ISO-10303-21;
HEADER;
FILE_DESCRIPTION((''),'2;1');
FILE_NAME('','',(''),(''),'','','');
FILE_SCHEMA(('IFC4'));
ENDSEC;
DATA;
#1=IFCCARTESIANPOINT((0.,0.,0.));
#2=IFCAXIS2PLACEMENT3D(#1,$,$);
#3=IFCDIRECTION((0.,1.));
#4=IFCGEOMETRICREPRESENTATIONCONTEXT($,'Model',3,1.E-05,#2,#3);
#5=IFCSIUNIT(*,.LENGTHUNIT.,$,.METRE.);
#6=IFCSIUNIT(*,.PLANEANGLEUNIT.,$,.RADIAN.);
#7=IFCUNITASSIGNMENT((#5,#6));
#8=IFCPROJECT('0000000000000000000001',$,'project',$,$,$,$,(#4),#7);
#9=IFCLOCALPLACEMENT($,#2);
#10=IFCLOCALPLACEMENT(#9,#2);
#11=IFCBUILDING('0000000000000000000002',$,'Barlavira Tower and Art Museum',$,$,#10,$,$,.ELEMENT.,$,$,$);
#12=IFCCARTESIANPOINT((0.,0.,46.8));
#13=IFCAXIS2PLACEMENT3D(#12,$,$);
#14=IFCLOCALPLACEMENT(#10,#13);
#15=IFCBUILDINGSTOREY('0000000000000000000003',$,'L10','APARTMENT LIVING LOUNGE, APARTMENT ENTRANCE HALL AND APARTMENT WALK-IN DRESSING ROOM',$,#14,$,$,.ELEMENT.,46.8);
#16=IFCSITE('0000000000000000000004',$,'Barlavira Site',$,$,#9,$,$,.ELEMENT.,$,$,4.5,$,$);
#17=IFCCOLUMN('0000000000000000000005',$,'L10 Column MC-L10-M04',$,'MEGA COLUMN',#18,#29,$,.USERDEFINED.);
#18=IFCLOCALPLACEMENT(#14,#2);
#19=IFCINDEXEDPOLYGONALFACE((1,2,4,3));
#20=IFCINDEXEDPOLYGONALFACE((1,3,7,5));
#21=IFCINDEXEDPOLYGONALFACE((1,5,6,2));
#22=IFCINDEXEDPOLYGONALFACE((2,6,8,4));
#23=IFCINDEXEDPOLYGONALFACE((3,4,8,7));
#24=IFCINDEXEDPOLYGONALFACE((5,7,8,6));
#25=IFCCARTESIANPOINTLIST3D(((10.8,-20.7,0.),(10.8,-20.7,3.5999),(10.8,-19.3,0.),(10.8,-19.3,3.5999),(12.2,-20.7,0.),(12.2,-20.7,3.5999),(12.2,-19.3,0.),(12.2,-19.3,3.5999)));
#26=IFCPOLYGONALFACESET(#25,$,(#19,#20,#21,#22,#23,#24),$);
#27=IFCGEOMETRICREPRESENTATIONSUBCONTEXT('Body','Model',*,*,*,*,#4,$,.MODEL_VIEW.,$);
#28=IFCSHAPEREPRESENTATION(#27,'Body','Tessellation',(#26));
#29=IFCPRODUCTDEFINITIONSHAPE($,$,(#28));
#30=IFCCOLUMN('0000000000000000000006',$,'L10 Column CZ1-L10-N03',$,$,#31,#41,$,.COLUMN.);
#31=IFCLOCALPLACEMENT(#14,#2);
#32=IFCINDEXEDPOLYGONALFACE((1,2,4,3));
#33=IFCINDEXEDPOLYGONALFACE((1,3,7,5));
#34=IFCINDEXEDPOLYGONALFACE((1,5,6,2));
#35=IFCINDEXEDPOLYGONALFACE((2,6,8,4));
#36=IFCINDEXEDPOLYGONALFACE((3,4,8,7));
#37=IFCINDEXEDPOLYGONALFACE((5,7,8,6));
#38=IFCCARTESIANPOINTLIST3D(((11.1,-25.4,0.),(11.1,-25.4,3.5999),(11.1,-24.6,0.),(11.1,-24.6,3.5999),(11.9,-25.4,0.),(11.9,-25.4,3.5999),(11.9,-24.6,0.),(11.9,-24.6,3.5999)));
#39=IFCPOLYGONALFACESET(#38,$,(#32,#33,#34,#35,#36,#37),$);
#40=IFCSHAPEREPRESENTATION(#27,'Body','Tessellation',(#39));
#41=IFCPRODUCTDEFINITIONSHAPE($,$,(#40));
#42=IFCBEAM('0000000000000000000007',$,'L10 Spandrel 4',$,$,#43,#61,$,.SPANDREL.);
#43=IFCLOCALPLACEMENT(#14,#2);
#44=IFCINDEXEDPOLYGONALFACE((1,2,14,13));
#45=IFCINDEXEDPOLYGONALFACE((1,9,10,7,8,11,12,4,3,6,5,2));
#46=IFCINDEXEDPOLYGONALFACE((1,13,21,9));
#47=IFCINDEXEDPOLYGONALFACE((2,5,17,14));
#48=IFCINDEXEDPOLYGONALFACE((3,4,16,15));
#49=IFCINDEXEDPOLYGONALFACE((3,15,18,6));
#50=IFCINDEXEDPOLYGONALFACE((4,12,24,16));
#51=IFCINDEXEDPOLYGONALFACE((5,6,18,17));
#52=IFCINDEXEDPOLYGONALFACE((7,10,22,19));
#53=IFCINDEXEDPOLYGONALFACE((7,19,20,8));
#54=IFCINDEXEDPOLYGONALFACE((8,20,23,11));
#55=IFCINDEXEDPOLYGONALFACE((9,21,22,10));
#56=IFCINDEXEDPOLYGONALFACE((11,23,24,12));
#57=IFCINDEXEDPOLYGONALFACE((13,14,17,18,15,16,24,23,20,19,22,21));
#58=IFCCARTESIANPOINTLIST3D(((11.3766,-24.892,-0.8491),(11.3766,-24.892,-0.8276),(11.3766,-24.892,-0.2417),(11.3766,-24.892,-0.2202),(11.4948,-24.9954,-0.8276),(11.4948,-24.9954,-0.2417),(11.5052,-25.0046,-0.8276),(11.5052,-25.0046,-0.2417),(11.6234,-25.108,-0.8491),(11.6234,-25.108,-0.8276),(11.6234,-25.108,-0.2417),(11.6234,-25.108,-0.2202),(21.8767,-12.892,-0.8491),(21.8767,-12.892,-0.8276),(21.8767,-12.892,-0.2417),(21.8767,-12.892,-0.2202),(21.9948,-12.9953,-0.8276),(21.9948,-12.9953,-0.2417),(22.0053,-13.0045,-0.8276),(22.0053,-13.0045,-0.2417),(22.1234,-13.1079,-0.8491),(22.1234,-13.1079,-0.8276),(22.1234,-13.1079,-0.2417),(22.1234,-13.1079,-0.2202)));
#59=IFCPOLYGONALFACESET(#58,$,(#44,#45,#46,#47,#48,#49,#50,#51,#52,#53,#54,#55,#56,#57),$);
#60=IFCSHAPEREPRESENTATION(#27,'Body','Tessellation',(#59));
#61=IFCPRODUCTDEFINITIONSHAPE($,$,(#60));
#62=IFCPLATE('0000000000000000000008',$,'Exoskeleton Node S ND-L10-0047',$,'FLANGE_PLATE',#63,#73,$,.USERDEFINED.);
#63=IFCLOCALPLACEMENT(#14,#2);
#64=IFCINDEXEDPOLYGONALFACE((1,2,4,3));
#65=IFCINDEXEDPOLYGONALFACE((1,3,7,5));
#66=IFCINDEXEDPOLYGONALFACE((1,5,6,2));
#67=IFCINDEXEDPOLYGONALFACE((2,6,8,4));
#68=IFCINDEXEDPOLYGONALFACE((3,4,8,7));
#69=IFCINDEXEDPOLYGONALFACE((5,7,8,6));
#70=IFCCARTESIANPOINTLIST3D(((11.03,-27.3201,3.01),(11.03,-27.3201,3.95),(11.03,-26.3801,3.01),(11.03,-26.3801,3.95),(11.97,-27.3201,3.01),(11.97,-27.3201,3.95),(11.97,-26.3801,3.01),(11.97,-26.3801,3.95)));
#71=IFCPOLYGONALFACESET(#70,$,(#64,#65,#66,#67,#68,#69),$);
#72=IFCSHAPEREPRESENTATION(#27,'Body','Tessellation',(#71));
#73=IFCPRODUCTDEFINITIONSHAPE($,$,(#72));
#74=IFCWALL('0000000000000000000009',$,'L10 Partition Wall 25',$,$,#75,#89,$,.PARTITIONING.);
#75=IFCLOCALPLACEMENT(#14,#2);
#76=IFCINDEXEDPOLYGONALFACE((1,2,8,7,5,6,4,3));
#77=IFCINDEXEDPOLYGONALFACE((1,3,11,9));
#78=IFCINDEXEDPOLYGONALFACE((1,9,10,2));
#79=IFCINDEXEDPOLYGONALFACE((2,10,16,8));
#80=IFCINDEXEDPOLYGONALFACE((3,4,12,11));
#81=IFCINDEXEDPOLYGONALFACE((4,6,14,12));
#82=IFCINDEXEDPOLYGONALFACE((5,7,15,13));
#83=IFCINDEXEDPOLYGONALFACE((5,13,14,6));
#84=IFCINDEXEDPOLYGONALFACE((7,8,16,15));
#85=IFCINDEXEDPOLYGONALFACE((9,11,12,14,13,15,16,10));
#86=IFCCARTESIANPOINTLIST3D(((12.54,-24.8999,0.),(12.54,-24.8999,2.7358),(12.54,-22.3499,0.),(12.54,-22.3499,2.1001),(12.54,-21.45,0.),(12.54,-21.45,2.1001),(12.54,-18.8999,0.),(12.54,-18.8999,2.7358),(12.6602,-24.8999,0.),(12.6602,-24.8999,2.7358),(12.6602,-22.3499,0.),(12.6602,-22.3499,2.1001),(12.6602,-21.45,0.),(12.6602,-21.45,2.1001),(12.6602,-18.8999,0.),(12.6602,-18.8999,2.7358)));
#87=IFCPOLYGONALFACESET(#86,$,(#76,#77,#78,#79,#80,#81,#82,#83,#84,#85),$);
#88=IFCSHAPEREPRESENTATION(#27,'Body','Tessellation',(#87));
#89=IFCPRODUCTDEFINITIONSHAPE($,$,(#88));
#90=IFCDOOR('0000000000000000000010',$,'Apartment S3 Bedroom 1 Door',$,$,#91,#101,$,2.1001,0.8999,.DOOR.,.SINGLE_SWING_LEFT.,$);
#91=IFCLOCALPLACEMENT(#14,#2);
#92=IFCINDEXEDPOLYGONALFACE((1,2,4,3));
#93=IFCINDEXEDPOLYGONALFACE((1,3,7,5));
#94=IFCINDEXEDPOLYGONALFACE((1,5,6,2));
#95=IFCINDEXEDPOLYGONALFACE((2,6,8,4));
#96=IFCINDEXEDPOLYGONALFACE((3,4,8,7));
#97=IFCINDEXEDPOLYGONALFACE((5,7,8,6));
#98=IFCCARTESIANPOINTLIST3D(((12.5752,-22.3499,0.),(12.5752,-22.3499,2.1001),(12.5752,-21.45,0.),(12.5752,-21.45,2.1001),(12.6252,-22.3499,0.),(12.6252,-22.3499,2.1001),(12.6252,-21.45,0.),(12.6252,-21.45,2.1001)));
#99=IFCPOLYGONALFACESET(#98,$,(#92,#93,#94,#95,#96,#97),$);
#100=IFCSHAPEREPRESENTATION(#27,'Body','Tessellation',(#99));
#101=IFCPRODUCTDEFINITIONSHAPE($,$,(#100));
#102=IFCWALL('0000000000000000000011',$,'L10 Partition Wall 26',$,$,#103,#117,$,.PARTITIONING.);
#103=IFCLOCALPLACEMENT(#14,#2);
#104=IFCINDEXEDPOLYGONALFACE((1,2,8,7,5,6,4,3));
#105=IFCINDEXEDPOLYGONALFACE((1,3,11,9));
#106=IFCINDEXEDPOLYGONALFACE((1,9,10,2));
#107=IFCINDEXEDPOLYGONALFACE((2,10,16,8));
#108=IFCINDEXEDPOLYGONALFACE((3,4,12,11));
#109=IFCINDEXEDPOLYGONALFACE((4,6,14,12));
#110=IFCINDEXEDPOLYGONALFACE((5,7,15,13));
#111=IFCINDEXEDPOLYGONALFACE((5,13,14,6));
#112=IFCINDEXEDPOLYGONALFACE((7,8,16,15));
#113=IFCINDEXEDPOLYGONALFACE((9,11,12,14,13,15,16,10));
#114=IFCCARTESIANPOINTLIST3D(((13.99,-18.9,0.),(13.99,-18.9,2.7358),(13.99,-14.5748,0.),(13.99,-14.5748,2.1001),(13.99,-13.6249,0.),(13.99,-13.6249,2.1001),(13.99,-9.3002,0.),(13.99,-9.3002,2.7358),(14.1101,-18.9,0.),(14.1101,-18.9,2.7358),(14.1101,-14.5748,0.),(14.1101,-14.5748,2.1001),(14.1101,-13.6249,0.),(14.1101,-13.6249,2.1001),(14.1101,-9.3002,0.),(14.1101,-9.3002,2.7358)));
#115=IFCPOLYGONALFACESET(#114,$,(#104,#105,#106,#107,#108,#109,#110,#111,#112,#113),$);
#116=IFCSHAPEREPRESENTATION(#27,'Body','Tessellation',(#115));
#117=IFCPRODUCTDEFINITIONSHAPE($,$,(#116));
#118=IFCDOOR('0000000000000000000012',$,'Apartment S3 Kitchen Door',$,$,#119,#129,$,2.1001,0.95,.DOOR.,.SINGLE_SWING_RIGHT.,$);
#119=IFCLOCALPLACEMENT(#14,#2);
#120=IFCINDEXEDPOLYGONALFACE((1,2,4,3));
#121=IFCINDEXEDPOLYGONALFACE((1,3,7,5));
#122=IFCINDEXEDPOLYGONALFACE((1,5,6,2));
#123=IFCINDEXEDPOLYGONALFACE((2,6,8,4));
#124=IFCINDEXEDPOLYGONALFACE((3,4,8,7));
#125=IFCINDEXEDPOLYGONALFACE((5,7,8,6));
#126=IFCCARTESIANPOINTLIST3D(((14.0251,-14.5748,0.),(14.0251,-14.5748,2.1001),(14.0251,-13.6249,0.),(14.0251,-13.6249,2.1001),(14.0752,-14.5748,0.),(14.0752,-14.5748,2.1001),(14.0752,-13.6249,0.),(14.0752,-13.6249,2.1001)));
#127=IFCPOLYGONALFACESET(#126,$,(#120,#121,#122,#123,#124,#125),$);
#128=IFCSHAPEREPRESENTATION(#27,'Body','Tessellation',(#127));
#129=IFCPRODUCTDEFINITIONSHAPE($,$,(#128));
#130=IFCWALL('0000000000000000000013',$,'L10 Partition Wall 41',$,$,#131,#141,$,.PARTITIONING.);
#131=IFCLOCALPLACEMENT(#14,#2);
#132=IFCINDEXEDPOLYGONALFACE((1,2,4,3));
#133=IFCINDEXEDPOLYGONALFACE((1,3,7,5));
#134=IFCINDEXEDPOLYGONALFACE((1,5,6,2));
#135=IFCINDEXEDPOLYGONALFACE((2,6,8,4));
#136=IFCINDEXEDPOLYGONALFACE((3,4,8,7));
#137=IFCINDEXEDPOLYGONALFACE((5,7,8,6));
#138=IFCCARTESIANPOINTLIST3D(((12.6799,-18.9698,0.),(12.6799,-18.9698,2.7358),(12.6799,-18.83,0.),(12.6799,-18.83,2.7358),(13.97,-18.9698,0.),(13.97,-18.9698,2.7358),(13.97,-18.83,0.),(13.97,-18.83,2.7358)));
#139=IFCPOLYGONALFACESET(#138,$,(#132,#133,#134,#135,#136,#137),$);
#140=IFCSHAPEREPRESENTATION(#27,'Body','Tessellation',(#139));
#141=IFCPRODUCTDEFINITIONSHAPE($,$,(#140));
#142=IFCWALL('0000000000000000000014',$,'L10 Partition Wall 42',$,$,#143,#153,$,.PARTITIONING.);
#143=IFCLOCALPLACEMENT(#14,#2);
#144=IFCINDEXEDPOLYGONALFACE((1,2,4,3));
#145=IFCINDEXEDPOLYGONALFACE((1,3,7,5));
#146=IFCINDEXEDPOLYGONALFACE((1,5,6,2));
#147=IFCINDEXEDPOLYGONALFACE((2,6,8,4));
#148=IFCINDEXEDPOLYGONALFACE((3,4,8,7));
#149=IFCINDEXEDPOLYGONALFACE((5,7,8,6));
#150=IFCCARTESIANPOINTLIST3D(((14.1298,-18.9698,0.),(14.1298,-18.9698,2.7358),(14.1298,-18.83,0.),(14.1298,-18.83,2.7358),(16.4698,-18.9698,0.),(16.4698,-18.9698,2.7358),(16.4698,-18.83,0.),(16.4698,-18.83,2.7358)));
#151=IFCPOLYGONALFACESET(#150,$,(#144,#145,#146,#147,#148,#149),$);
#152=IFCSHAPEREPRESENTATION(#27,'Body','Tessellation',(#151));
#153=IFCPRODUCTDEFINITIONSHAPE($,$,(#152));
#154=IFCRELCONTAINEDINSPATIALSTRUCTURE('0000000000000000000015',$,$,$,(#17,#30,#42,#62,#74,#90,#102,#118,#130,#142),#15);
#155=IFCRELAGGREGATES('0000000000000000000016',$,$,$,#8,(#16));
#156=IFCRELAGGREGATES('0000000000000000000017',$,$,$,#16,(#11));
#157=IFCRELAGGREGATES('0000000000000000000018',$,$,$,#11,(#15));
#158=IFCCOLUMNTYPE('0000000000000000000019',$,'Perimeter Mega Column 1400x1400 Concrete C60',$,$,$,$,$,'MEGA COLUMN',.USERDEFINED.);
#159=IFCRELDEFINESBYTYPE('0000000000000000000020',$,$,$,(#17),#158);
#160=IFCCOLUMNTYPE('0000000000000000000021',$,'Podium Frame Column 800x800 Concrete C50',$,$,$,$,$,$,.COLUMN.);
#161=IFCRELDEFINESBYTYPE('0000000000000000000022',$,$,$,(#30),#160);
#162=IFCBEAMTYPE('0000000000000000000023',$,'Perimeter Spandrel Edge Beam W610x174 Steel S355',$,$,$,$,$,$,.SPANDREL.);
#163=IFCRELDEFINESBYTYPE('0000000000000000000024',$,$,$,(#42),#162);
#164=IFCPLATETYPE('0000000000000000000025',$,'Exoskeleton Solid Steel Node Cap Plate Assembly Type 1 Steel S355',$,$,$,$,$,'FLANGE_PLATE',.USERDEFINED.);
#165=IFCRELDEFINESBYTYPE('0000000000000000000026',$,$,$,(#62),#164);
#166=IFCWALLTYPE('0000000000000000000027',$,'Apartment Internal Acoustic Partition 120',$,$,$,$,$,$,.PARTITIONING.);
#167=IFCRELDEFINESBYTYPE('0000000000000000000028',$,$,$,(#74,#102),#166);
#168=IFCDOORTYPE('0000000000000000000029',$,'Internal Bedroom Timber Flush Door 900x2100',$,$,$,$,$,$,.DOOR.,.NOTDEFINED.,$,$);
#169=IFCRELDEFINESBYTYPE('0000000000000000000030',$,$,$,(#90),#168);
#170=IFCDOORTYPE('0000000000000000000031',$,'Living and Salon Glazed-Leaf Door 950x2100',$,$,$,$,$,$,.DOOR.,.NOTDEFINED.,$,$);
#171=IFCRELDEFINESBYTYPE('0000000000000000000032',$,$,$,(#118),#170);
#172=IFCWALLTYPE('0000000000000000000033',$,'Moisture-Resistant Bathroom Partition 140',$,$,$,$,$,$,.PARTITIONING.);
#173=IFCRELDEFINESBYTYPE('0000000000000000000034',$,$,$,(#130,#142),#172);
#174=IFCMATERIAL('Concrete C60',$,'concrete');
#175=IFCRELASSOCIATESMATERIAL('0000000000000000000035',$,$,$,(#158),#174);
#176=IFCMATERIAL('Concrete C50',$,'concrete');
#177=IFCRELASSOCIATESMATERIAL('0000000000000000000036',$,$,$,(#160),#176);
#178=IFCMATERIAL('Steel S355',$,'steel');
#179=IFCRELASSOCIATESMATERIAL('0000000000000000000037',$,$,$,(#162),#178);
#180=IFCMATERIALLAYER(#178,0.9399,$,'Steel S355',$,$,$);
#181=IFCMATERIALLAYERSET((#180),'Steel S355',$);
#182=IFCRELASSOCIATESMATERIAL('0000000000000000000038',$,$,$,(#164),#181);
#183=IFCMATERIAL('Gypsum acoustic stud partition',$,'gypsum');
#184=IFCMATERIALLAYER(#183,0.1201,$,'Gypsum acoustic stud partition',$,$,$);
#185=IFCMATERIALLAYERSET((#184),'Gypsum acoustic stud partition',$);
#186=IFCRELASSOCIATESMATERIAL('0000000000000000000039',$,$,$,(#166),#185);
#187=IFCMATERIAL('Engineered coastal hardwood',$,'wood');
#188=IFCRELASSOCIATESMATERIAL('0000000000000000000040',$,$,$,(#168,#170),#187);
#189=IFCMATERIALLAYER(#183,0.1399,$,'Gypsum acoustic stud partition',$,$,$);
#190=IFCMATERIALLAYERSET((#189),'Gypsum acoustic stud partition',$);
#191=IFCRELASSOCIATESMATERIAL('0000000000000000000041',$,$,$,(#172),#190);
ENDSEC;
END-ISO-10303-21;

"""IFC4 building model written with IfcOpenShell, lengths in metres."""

from ifc_helpers import new_model, si_unit, direction, frame, frame_2d, origin, origin_2d, place, context, subcontext, project, spatial, rectangle, i_section, extrude, material, layer, layer_set, material_profile, profile_set, type_object, element, fill, save


model = new_model("IFC4")

# Units and contexts
model_context = context("Model", 3, precision=1e-05, world=origin(), true_north=direction((0.0, 1.0)))
body_context = subcontext(model_context, "Body", "Model", "MODEL_VIEW")
ifc_project = project(units=[si_unit("LENGTHUNIT", "METRE"), si_unit("PLANEANGLEUNIT", "RADIAN")], contexts=[model_context])

# Site, building, storey
site_placement = place(None, origin())
site = spatial("IfcSite", under=ifc_project, at=site_placement, Name="Barlavira Site", CompositionType="ELEMENT", RefElevation=4.5)
building_placement = place(site_placement, origin())
building = spatial("IfcBuilding", under=site, at=building_placement, Name="Barlavira Tower and Art Museum", CompositionType="ELEMENT")
storey_placement = place(building_placement, frame((0.0, 0.0, 46.8)))
storey = spatial("IfcBuildingStorey", under=building, at=storey_placement, Name="L10", Description="APARTMENT LIVING LOUNGE, APARTMENT ENTRANCE HALL AND APARTMENT WALK-IN DRESSING ROOM", CompositionType="ELEMENT", Elevation=46.8)

# Columns
ifc_material_1 = material(Name="Concrete C60", Category="concrete")
ifc_material_profile_1 = material_profile(ifc_material_1, rectangle(XDim=1.3999, YDim=1.3999, at=origin_2d()), Name="RC-MCOL 1400x1400")
ifc_profile_set_1 = profile_set([ifc_material_profile_1], Name="Concrete C60")
column_type_1 = type_object("IfcColumnType", Name="Perimeter Mega Column 1400x1400 Concrete C60", ElementType="MEGA COLUMN", PredefinedType="USERDEFINED", material=ifc_profile_set_1)
column_1_placement = place(storey_placement, frame((11.5, -20.0, 0.0), z_axis=(0.0, 0.0, 1.0), x_axis=(1.0, 0.0, 0.0)))
element("IfcColumn", 1, at=column_1_placement, inside=storey, type_object=column_type_1, Name="L10 Column MC-L10-M04", ObjectType="MEGA COLUMN", PredefinedType="USERDEFINED", context=body_context, shape_type="SweptSolid", body=[
    extrude(rectangle(XDim=1.3999, YDim=1.3999, at=origin_2d()), origin(), (0.0, 0.0, 1.0), 3.5999),
])
ifc_material_2 = material(Name="Concrete C50", Category="concrete")
ifc_material_profile_2 = material_profile(ifc_material_2, rectangle(XDim=0.8, YDim=0.8, at=origin_2d()), Name="RC-COL 800x800")
ifc_profile_set_2 = profile_set([ifc_material_profile_2], Name="Concrete C50")
column_type_2 = type_object("IfcColumnType", Name="Podium Frame Column 800x800 Concrete C50", PredefinedType="COLUMN", material=ifc_profile_set_2)
column_2_placement = place(storey_placement, frame((11.5, -25.0, 0.0), z_axis=(0.0, 0.0, 1.0), x_axis=(1.0, 0.0, 0.0)))
element("IfcColumn", 2, at=column_2_placement, inside=storey, type_object=column_type_2, Name="L10 Column CZ1-L10-N03", PredefinedType="COLUMN", context=body_context, shape_type="SweptSolid", body=[
    extrude(rectangle(XDim=0.8, YDim=0.8, at=origin_2d()), origin(), (0.0, 0.0, 1.0), 3.5999),
])

# Beam
ifc_material_3 = material(Name="Steel S355", Category="steel")
ifc_material_profile_3 = material_profile(ifc_material_3, i_section(OverallWidth=0.3279, OverallDepth=0.6289, WebThickness=0.0139, FlangeThickness=0.0215, at=origin_2d()), Name="W610x174.0")
ifc_profile_set_3 = profile_set([ifc_material_profile_3], Name="Steel S355")
beam_type = type_object("IfcBeamType", Name="Perimeter Spandrel Edge Beam W610x174 Steel S355", PredefinedType="SPANDREL", material=ifc_profile_set_3)
beam_placement = place(storey_placement, frame((11.5, -25.0, -0.5347), z_axis=(0.658505, 0.752577, 0.0), x_axis=(-0.752577, 0.658505, 0.0)))
element("IfcBeam", 3, at=beam_placement, inside=storey, type_object=beam_type, Name="L10 Spandrel 4", PredefinedType="SPANDREL", context=body_context, shape_type="SweptSolid", body=[
    extrude(i_section(OverallWidth=0.3279, OverallDepth=0.6289, WebThickness=0.0139, FlangeThickness=0.0215, at=origin_2d()), origin(), (0.0, 0.0, 1.0), 15.9453),
])

# Plate
ifc_layer_1 = layer(ifc_material_3, 0.9399, Name="Steel S355")
ifc_layer_set_1 = layer_set([ifc_layer_1], Name="Steel S355")
plate_type = type_object("IfcPlateType", Name="Exoskeleton Solid Steel Node Cap Plate Assembly Type 1 Steel S355", ElementType="FLANGE_PLATE", PredefinedType="USERDEFINED", material=ifc_layer_set_1)
plate_placement = place(storey_placement, frame((11.5, -26.8501, 3.01), z_axis=(0.0, 0.0, 1.0), x_axis=(1.0, 0.0, 0.0)))
element("IfcPlate", 4, at=plate_placement, inside=storey, type_object=plate_type, Name="Exoskeleton Node S ND-L10-0047", ObjectType="FLANGE_PLATE", PredefinedType="USERDEFINED", context=body_context, shape_type="SweptSolid", body=[
    extrude(rectangle(XDim=0.9399, YDim=0.9399, at=origin_2d()), origin(), (0.0, 0.0, 1.0), 0.9399),
])

# Walls, openings, doors
ifc_material_4 = material(Name="Gypsum acoustic stud partition", Category="gypsum")
ifc_layer_2 = layer(ifc_material_4, 0.1201, Name="Gypsum acoustic stud partition")
ifc_layer_set_2 = layer_set([ifc_layer_2], Name="Gypsum acoustic stud partition")
wall_type_1 = type_object("IfcWallType", Name="Apartment Internal Acoustic Partition 120", PredefinedType="PARTITIONING", material=ifc_layer_set_2)
wall_1_placement = place(storey_placement, frame((12.6001, -24.8999, 0.0), z_axis=(0.0, 0.0, 1.0), x_axis=(0.0, 1.0, 0.0)))
wall_1 = element("IfcWall", 5, at=wall_1_placement, inside=storey, type_object=wall_type_1, Name="L10 Partition Wall 25", PredefinedType="PARTITIONING", context=body_context, shape_type="SweptSolid", body=[
    extrude(rectangle(XDim=6.0, YDim=0.1201, at=frame_2d((3.0, 0.0))), origin(), (0.0, 0.0, 1.0), 2.7358),
])
opening_1_placement = place(wall_1_placement, frame((2.55, 0.0, 0.0)))
opening_1 = element("IfcOpeningElement", 6, at=opening_1_placement, cuts=wall_1, PredefinedType="OPENING", context=body_context, shape_type="SweptSolid", body=[
    extrude(rectangle(XDim=0.8999, YDim=2.1001, at=frame_2d((0.45, 1.05))), frame((0.0, 0.0701, 0.0), z_axis=(0.0, -1.0, 0.0), x_axis=(1.0, 0.0, 0.0)), (0.0, 0.0, 1.0), 0.1401),
])
ifc_material_5 = material(Name="Engineered coastal hardwood", Category="wood")
door_type_1 = type_object("IfcDoorType", Name="Internal Bedroom Timber Flush Door 900x2100", OperationType="NOTDEFINED", PredefinedType="DOOR", material=ifc_material_5)
door_1_placement = place(opening_1_placement, origin())
door_1 = element("IfcDoor", 7, at=door_1_placement, inside=storey, type_object=door_type_1, Name="Apartment S3 Bedroom 1 Door", OperationType="SINGLE_SWING_LEFT", OverallHeight=2.1001, OverallWidth=0.8999, PredefinedType="DOOR", context=body_context, shape_type="SweptSolid", body=[
    extrude(rectangle(XDim=0.8999, YDim=2.1001, at=frame_2d((0.45, 1.05))), frame((0.0, 0.0249, 0.0), z_axis=(0.0, -1.0, 0.0), x_axis=(1.0, 0.0, 0.0)), (0.0, 0.0, 1.0), 0.05),
])
fill(opening_1, door_1)
wall_2_placement = place(storey_placement, frame((14.05, -18.8999, 0.0), z_axis=(0.0, 0.0, 1.0), x_axis=(0.0, 1.0, 0.0)))
wall_2 = element("IfcWall", 8, at=wall_2_placement, inside=storey, type_object=wall_type_1, Name="L10 Partition Wall 26", PredefinedType="PARTITIONING", context=body_context, shape_type="SweptSolid", body=[
    extrude(rectangle(XDim=9.5999, YDim=0.1201, at=frame_2d((4.7998, 0.0))), origin(), (0.0, 0.0, 1.0), 2.7358),
])
opening_2_placement = place(wall_2_placement, frame((4.325, 0.0, 0.0)))
opening_2 = element("IfcOpeningElement", 9, at=opening_2_placement, cuts=wall_2, PredefinedType="OPENING", context=body_context, shape_type="SweptSolid", body=[
    extrude(rectangle(XDim=0.95, YDim=2.1001, at=frame_2d((0.4751, 1.05))), frame((0.0, 0.0701, 0.0), z_axis=(0.0, -1.0, 0.0), x_axis=(1.0, 0.0, 0.0)), (0.0, 0.0, 1.0), 0.1401),
])
door_type_2 = type_object("IfcDoorType", Name="Living and Salon Glazed-Leaf Door 950x2100", OperationType="NOTDEFINED", PredefinedType="DOOR", material=ifc_material_5)
door_2_placement = place(opening_2_placement, origin())
door_2 = element("IfcDoor", 10, at=door_2_placement, inside=storey, type_object=door_type_2, Name="Apartment S3 Kitchen Door", OperationType="SINGLE_SWING_RIGHT", OverallHeight=2.1001, OverallWidth=0.95, PredefinedType="DOOR", context=body_context, shape_type="SweptSolid", body=[
    extrude(rectangle(XDim=0.95, YDim=2.1001, at=frame_2d((0.4751, 1.05))), frame((0.0, 0.0249, 0.0), z_axis=(0.0, -1.0, 0.0), x_axis=(1.0, 0.0, 0.0)), (0.0, 0.0, 1.0), 0.05),
])
fill(opening_2, door_2)

# Walls
ifc_layer_3 = layer(ifc_material_4, 0.1399, Name="Gypsum acoustic stud partition")
ifc_layer_set_3 = layer_set([ifc_layer_3], Name="Gypsum acoustic stud partition")
wall_type_2 = type_object("IfcWallType", Name="Moisture-Resistant Bathroom Partition 140", PredefinedType="PARTITIONING", material=ifc_layer_set_3)
wall_3_placement = place(storey_placement, frame((12.6799, -18.8999, 0.0), z_axis=(0.0, 0.0, 1.0), x_axis=(1.0, 0.0, 0.0)))
element("IfcWall", 11, at=wall_3_placement, inside=storey, type_object=wall_type_2, Name="L10 Partition Wall 41", PredefinedType="PARTITIONING", context=body_context, shape_type="SweptSolid", body=[
    extrude(rectangle(XDim=1.29, YDim=0.1399, at=frame_2d((0.645, 0.0))), origin(), (0.0, 0.0, 1.0), 2.7358),
])
wall_4_placement = place(storey_placement, frame((14.1299, -18.8999, 0.0), z_axis=(0.0, 0.0, 1.0), x_axis=(1.0, 0.0, 0.0)))
element("IfcWall", 12, at=wall_4_placement, inside=storey, type_object=wall_type_2, Name="L10 Partition Wall 42", PredefinedType="PARTITIONING", context=body_context, shape_type="SweptSolid", body=[
    extrude(rectangle(XDim=2.3401, YDim=0.1399, at=frame_2d((1.1699, 0.0))), origin(), (0.0, 0.0, 1.0), 2.7358),
])

save(model, "model.ifc")
